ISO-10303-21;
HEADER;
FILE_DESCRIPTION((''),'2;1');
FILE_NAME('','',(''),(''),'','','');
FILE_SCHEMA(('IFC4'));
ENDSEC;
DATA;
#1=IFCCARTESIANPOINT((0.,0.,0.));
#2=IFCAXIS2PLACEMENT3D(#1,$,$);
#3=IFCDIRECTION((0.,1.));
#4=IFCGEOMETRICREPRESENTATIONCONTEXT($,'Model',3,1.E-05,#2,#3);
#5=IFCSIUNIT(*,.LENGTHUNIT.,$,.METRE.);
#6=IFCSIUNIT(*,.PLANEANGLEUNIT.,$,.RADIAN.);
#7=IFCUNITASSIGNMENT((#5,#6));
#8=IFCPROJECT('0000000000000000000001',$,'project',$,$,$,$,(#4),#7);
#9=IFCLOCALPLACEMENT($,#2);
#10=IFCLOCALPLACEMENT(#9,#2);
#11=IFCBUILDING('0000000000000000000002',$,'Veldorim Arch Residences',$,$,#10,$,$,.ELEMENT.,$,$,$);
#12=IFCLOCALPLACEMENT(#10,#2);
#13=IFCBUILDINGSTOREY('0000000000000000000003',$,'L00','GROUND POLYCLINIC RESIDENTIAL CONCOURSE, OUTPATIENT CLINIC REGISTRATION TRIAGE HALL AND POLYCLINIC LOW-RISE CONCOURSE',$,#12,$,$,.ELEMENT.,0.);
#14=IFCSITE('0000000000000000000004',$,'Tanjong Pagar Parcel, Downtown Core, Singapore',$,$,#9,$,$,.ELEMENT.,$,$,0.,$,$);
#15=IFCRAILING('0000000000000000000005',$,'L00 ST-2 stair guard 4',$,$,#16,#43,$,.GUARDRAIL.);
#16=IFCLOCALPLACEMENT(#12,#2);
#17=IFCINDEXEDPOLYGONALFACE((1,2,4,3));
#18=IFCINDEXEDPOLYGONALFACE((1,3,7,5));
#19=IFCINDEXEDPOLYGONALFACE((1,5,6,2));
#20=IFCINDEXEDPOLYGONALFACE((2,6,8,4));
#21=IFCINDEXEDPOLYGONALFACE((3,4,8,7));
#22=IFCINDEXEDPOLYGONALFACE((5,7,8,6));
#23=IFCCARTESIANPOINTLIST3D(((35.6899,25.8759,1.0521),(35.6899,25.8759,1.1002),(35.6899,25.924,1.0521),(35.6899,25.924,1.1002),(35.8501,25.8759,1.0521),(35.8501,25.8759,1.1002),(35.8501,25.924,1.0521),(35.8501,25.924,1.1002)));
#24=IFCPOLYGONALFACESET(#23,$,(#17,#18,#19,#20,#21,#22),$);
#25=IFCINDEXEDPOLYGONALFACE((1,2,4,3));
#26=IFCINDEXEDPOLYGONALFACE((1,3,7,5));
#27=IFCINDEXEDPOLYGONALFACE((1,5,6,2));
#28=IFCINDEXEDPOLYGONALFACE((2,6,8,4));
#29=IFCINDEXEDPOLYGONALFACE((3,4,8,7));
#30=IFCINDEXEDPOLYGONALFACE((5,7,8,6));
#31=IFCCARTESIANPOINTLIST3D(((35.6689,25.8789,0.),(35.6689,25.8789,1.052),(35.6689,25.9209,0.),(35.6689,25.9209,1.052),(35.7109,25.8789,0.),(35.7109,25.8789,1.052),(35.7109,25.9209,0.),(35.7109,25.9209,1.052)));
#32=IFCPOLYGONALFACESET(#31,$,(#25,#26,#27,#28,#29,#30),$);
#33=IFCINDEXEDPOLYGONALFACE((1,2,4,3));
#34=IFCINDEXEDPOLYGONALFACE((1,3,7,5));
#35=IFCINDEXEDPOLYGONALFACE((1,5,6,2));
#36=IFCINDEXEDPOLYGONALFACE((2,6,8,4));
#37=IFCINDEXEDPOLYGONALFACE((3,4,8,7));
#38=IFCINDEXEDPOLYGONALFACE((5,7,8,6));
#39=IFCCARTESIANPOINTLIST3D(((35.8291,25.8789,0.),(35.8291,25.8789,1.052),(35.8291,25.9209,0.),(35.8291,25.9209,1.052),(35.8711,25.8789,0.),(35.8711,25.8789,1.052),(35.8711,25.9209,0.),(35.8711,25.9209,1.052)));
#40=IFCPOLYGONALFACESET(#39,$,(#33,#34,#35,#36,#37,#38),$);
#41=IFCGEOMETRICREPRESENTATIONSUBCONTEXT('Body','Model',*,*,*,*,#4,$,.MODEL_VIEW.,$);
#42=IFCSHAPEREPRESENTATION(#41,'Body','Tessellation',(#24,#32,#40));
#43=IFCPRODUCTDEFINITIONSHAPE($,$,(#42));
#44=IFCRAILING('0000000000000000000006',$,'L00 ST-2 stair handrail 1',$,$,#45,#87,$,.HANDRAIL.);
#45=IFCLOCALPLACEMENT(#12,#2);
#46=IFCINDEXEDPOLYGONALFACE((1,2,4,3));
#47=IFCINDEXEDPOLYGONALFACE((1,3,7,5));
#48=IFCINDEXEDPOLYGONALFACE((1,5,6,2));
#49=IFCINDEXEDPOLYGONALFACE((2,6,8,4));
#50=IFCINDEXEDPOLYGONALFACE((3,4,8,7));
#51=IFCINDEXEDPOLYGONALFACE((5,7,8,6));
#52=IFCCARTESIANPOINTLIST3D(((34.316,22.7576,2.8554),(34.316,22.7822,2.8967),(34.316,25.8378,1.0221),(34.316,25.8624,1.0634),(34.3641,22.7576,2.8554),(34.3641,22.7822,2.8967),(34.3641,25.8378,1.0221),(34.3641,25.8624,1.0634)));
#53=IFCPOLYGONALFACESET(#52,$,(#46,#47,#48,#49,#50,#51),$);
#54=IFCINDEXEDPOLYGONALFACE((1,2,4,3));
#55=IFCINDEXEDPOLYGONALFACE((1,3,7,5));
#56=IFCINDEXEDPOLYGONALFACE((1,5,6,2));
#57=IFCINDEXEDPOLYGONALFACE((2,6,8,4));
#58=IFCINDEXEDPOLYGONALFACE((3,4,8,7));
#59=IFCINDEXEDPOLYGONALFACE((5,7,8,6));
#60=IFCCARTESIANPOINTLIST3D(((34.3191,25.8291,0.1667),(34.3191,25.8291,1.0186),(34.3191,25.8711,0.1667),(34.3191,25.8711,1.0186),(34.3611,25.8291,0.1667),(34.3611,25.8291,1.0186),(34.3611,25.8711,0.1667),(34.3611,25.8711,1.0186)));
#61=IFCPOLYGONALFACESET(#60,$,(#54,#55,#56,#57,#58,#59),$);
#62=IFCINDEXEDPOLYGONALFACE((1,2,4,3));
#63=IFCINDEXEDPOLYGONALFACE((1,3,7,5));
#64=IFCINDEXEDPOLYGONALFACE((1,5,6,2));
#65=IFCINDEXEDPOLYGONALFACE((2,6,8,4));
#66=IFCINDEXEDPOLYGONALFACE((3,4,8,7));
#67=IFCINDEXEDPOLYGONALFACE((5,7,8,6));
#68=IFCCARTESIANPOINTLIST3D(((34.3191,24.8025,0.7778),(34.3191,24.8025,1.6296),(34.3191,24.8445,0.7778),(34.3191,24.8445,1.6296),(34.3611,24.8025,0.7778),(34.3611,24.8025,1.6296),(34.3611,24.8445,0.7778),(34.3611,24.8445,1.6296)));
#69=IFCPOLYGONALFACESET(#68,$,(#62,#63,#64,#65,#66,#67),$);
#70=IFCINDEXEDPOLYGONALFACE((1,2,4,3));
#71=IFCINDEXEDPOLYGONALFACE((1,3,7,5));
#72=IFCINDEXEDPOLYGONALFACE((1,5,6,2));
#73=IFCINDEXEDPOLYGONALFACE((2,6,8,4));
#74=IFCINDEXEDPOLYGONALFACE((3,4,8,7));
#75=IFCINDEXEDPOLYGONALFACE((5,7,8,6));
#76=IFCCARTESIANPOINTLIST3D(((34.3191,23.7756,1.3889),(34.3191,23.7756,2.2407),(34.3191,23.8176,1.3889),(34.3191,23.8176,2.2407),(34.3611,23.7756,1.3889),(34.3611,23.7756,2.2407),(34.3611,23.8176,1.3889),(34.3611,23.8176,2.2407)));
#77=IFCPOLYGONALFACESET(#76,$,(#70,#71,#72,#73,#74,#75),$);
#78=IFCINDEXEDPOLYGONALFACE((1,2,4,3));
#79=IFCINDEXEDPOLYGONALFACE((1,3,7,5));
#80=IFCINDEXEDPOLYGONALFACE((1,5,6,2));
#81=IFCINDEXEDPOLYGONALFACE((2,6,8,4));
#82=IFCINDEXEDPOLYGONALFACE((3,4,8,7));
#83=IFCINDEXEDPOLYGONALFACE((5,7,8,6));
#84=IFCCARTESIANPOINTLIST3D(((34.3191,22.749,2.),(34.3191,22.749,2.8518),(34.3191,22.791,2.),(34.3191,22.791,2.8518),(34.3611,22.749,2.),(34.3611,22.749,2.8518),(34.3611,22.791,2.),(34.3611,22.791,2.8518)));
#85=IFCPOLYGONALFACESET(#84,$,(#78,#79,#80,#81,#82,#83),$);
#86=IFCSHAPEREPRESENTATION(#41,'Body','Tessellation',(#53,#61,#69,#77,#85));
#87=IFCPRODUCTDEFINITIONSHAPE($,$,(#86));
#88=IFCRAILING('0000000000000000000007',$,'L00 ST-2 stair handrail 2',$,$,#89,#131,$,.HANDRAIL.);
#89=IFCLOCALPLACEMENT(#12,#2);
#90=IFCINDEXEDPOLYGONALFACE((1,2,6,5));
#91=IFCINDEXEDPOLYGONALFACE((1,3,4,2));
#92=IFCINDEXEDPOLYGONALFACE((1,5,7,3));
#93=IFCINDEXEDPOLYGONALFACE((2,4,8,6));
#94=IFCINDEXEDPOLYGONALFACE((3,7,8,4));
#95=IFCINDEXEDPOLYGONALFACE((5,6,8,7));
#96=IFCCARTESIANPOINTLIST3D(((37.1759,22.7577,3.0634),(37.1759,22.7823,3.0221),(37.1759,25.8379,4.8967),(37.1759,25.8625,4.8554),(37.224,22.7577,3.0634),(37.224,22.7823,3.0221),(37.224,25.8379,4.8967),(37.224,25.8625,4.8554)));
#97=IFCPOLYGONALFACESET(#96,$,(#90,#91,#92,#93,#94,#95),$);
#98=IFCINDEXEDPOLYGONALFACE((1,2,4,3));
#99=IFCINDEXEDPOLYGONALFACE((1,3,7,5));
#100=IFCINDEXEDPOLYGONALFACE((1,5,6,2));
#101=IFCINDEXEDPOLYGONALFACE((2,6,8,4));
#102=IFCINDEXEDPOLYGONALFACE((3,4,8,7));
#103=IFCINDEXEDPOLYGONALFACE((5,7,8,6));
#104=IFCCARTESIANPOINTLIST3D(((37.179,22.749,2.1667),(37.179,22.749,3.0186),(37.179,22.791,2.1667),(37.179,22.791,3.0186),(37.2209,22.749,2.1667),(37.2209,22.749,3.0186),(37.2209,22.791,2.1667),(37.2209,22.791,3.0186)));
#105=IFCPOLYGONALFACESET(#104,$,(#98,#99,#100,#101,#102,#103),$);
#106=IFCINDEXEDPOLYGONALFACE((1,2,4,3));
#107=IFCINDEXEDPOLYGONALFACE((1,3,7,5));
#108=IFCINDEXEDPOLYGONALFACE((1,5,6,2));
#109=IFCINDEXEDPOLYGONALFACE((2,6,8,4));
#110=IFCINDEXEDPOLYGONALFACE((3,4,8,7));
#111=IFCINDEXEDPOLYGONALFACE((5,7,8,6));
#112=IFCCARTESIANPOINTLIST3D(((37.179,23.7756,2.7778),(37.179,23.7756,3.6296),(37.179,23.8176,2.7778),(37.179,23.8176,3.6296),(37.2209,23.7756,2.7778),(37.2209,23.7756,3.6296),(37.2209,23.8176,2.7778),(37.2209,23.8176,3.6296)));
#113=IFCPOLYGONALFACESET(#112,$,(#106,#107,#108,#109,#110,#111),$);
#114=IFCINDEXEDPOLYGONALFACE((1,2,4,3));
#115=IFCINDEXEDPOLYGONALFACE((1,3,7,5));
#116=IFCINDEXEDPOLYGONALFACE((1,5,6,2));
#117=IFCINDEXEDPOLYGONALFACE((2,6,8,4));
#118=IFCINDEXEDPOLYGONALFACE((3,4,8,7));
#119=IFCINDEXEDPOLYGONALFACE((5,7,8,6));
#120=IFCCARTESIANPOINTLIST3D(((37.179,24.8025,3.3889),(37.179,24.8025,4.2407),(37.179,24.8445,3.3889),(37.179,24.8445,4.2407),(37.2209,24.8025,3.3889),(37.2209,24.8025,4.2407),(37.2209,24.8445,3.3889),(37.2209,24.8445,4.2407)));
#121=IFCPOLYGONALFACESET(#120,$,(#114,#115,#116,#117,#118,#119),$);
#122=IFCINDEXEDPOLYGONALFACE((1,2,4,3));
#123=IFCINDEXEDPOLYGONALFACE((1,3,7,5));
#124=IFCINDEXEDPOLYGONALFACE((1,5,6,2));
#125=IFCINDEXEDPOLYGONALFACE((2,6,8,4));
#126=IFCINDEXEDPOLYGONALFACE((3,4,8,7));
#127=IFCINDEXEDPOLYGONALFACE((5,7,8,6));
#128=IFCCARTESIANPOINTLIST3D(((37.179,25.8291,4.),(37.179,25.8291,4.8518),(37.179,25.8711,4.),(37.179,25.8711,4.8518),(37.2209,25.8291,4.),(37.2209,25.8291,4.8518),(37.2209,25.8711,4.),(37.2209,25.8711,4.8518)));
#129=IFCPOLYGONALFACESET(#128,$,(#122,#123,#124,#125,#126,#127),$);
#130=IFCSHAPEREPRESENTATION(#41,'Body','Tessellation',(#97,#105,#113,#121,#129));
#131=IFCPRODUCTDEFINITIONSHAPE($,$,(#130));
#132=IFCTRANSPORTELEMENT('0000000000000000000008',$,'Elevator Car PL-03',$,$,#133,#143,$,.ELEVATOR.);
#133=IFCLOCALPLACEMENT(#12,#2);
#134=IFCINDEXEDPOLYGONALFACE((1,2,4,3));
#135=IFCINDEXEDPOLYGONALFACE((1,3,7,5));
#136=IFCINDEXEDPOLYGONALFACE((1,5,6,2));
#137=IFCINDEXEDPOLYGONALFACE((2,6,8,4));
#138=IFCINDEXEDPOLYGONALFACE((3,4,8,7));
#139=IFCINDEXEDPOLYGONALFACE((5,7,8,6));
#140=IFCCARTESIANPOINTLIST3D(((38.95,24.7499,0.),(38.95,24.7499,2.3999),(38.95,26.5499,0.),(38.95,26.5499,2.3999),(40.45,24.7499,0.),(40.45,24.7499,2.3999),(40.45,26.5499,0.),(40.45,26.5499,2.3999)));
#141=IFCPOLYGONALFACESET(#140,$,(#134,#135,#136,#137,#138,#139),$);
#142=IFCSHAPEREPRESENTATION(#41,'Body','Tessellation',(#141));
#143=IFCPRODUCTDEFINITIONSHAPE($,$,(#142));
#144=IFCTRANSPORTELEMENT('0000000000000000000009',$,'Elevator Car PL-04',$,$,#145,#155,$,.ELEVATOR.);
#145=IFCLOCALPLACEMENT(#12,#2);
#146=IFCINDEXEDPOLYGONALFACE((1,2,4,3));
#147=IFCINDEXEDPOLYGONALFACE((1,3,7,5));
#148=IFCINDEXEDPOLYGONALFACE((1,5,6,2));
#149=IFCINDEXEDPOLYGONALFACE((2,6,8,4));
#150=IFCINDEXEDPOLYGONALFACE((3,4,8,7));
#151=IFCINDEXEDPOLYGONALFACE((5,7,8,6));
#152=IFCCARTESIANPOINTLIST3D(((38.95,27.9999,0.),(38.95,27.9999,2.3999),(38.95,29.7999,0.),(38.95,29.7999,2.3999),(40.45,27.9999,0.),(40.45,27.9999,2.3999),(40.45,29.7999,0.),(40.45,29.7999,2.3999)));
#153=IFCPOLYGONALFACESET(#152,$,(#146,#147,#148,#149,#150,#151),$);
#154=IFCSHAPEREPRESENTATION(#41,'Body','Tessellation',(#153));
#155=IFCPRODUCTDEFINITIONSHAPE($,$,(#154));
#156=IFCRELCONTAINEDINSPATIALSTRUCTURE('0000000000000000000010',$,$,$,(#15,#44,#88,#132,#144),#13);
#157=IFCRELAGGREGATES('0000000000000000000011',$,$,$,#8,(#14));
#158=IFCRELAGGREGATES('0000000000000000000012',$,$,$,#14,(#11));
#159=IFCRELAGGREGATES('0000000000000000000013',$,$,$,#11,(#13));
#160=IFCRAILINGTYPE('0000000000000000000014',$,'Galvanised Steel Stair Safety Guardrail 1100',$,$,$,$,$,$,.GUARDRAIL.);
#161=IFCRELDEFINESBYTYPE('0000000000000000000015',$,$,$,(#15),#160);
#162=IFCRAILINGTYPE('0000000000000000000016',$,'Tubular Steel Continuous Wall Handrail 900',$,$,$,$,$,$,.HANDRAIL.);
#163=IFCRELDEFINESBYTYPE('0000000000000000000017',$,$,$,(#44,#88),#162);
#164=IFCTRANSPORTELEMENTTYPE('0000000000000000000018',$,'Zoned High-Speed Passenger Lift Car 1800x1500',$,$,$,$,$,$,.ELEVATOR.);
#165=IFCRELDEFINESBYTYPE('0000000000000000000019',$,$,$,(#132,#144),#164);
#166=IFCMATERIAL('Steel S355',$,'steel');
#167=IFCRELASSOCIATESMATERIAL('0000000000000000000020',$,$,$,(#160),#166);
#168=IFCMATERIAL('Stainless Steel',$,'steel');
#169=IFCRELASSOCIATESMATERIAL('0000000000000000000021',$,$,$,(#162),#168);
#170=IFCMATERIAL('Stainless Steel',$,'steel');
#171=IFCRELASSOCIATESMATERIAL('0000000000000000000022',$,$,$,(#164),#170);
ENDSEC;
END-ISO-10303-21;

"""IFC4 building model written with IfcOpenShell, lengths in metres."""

from ifc_helpers import new_model, si_unit, direction, frame, origin, origin_2d, place, context, subcontext, project, spatial, rectangle, extrude, material, type_object, element, save


model = new_model("IFC4")

# Units and contexts
model_context = context("Model", 3, precision=1e-05, world=origin(), true_north=direction((0.0, 1.0)))
body_context = subcontext(model_context, "Body", "Model", "MODEL_VIEW")
ifc_project = project(units=[si_unit("LENGTHUNIT", "METRE"), si_unit("PLANEANGLEUNIT", "RADIAN")], contexts=[model_context])

# Site, building, storey
site_placement = place(None, origin())
site = spatial("IfcSite", under=ifc_project, at=site_placement, Name="Tanjong Pagar Parcel, Downtown Core, Singapore", CompositionType="ELEMENT", RefElevation=0.0)
building_placement = place(site_placement, origin())
building = spatial("IfcBuilding", under=site, at=building_placement, Name="Veldorim Arch Residences", CompositionType="ELEMENT")
storey_placement = place(building_placement, origin())
storey = spatial("IfcBuildingStorey", under=building, at=storey_placement, Name="L00", Description="GROUND POLYCLINIC RESIDENTIAL CONCOURSE, OUTPATIENT CLINIC REGISTRATION TRIAGE HALL AND POLYCLINIC LOW-RISE CONCOURSE", CompositionType="ELEMENT", Elevation=0.0)

# Railings
ifc_material_1 = material(Name="Steel S355", Category="steel")
railing_type_1 = type_object("IfcRailingType", Name="Galvanised Steel Stair Safety Guardrail 1100", PredefinedType="GUARDRAIL", material=ifc_material_1)
railing_1_placement = place(storey_placement, frame((35.6899, 25.8999, 0.0)))
element("IfcRailing", 1, at=railing_1_placement, inside=storey, type_object=railing_type_1, Name="L00 ST-2 stair guard 4", PredefinedType="GUARDRAIL", context=body_context, shape_type="SweptSolid", body=[
    extrude(rectangle(XDim=0.0481, YDim=0.0481, at=origin_2d()), frame((0.0, 0.0, 1.0762), z_axis=(1.0, 0.0, 0.0), x_axis=(0.0, 1.0, 0.0)), (0.0, 0.0, 1.0), 0.1602),
    extrude(rectangle(XDim=0.042, YDim=0.042, at=origin_2d()), origin(), (0.0, 0.0, 1.0), 1.052),
    extrude(rectangle(XDim=0.042, YDim=0.042, at=origin_2d()), frame((0.1602, 0.0, 0.0)), (0.0, 0.0, 1.0), 1.052),
])
ifc_material_2 = material(Name="Stainless Steel", Category="steel")
railing_type_2 = type_object("IfcRailingType", Name="Tubular Steel Continuous Wall Handrail 900", PredefinedType="HANDRAIL", material=ifc_material_2)
railing_2_placement = place(storey_placement, frame((34.3401, 25.8501, 0.1667)))
element("IfcRailing", 2, at=railing_2_placement, inside=storey, type_object=railing_type_2, Name="L00 ST-2 stair handrail 1", PredefinedType="HANDRAIL", context=body_context, shape_type="SweptSolid", body=[
    extrude(rectangle(XDim=0.0481, YDim=0.0481, at=origin_2d()), frame((0.0, 0.0, 0.876), z_axis=(0.0, -0.859309, 0.511458), x_axis=(1.0, 0.0, 0.0)), (0.0, 0.0, 1.0), 3.5845),
    extrude(rectangle(XDim=0.042, YDim=0.042, at=origin_2d()), origin(), (0.0, 0.0, 1.0), 0.8518),
    extrude(rectangle(XDim=0.042, YDim=0.042, at=origin_2d()), frame((0.0, -1.0266, 0.6111)), (0.0, 0.0, 1.0), 0.8518),
    extrude(rectangle(XDim=0.042, YDim=0.042, at=origin_2d()), frame((0.0, -2.0535, 1.2222)), (0.0, 0.0, 1.0), 0.8518),
    extrude(rectangle(XDim=0.042, YDim=0.042, at=origin_2d()), frame((0.0, -3.0801, 1.8333)), (0.0, 0.0, 1.0), 0.8518),
])
railing_3_placement = place(storey_placement, frame((37.2, 22.77, 2.1667)))
element("IfcRailing", 3, at=railing_3_placement, inside=storey, type_object=railing_type_2, Name="L00 ST-2 stair handrail 2", PredefinedType="HANDRAIL", context=body_context, shape_type="SweptSolid", body=[
    extrude(rectangle(XDim=0.0481, YDim=0.0481, at=origin_2d()), frame((0.0, 0.0, 0.876), z_axis=(0.0, 0.859309, 0.511458), x_axis=(-1.0, 0.0, 0.0)), (0.0, 0.0, 1.0), 3.5845),
    extrude(rectangle(XDim=0.042, YDim=0.042, at=origin_2d()), origin(), (0.0, 0.0, 1.0), 0.8518),
    extrude(rectangle(XDim=0.042, YDim=0.042, at=origin_2d()), frame((0.0, 1.0266, 0.6111)), (0.0, 0.0, 1.0), 0.8518),
    extrude(rectangle(XDim=0.042, YDim=0.042, at=origin_2d()), frame((0.0, 2.0535, 1.2222)), (0.0, 0.0, 1.0), 0.8518),
    extrude(rectangle(XDim=0.042, YDim=0.042, at=origin_2d()), frame((0.0, 3.0801, 1.8333)), (0.0, 0.0, 1.0), 0.8518),
])

# Transport elements
ifc_material_3 = material(Name="Stainless Steel", Category="steel")
transport_element_type = type_object("IfcTransportElementType", Name="Zoned High-Speed Passenger Lift Car 1800x1500", PredefinedType="ELEVATOR", material=ifc_material_3)
for number, where, z_axis, x_axis, name in (
    (4, (39.7, 25.6499, 0.0), (0.0, 0.0, 1.0), (0.0, 1.0, 0.0), "Elevator Car PL-03"),
    (5, (39.7, 28.8999, 0.0), (0.0, 0.0, 1.0), (0.0, 1.0, 0.0), "Elevator Car PL-04"),
):
    element("IfcTransportElement", number, at=place(storey_placement, frame(where, z_axis=z_axis, x_axis=x_axis)), inside=storey, type_object=transport_element_type, Name=name, PredefinedType="ELEVATOR", context=body_context, shape_type="SweptSolid", body=[
        extrude(rectangle(XDim=1.8, YDim=1.5, at=origin_2d()), origin(), (0.0, 0.0, 1.0), 2.3999),
    ])

save(model, "model.ifc")
